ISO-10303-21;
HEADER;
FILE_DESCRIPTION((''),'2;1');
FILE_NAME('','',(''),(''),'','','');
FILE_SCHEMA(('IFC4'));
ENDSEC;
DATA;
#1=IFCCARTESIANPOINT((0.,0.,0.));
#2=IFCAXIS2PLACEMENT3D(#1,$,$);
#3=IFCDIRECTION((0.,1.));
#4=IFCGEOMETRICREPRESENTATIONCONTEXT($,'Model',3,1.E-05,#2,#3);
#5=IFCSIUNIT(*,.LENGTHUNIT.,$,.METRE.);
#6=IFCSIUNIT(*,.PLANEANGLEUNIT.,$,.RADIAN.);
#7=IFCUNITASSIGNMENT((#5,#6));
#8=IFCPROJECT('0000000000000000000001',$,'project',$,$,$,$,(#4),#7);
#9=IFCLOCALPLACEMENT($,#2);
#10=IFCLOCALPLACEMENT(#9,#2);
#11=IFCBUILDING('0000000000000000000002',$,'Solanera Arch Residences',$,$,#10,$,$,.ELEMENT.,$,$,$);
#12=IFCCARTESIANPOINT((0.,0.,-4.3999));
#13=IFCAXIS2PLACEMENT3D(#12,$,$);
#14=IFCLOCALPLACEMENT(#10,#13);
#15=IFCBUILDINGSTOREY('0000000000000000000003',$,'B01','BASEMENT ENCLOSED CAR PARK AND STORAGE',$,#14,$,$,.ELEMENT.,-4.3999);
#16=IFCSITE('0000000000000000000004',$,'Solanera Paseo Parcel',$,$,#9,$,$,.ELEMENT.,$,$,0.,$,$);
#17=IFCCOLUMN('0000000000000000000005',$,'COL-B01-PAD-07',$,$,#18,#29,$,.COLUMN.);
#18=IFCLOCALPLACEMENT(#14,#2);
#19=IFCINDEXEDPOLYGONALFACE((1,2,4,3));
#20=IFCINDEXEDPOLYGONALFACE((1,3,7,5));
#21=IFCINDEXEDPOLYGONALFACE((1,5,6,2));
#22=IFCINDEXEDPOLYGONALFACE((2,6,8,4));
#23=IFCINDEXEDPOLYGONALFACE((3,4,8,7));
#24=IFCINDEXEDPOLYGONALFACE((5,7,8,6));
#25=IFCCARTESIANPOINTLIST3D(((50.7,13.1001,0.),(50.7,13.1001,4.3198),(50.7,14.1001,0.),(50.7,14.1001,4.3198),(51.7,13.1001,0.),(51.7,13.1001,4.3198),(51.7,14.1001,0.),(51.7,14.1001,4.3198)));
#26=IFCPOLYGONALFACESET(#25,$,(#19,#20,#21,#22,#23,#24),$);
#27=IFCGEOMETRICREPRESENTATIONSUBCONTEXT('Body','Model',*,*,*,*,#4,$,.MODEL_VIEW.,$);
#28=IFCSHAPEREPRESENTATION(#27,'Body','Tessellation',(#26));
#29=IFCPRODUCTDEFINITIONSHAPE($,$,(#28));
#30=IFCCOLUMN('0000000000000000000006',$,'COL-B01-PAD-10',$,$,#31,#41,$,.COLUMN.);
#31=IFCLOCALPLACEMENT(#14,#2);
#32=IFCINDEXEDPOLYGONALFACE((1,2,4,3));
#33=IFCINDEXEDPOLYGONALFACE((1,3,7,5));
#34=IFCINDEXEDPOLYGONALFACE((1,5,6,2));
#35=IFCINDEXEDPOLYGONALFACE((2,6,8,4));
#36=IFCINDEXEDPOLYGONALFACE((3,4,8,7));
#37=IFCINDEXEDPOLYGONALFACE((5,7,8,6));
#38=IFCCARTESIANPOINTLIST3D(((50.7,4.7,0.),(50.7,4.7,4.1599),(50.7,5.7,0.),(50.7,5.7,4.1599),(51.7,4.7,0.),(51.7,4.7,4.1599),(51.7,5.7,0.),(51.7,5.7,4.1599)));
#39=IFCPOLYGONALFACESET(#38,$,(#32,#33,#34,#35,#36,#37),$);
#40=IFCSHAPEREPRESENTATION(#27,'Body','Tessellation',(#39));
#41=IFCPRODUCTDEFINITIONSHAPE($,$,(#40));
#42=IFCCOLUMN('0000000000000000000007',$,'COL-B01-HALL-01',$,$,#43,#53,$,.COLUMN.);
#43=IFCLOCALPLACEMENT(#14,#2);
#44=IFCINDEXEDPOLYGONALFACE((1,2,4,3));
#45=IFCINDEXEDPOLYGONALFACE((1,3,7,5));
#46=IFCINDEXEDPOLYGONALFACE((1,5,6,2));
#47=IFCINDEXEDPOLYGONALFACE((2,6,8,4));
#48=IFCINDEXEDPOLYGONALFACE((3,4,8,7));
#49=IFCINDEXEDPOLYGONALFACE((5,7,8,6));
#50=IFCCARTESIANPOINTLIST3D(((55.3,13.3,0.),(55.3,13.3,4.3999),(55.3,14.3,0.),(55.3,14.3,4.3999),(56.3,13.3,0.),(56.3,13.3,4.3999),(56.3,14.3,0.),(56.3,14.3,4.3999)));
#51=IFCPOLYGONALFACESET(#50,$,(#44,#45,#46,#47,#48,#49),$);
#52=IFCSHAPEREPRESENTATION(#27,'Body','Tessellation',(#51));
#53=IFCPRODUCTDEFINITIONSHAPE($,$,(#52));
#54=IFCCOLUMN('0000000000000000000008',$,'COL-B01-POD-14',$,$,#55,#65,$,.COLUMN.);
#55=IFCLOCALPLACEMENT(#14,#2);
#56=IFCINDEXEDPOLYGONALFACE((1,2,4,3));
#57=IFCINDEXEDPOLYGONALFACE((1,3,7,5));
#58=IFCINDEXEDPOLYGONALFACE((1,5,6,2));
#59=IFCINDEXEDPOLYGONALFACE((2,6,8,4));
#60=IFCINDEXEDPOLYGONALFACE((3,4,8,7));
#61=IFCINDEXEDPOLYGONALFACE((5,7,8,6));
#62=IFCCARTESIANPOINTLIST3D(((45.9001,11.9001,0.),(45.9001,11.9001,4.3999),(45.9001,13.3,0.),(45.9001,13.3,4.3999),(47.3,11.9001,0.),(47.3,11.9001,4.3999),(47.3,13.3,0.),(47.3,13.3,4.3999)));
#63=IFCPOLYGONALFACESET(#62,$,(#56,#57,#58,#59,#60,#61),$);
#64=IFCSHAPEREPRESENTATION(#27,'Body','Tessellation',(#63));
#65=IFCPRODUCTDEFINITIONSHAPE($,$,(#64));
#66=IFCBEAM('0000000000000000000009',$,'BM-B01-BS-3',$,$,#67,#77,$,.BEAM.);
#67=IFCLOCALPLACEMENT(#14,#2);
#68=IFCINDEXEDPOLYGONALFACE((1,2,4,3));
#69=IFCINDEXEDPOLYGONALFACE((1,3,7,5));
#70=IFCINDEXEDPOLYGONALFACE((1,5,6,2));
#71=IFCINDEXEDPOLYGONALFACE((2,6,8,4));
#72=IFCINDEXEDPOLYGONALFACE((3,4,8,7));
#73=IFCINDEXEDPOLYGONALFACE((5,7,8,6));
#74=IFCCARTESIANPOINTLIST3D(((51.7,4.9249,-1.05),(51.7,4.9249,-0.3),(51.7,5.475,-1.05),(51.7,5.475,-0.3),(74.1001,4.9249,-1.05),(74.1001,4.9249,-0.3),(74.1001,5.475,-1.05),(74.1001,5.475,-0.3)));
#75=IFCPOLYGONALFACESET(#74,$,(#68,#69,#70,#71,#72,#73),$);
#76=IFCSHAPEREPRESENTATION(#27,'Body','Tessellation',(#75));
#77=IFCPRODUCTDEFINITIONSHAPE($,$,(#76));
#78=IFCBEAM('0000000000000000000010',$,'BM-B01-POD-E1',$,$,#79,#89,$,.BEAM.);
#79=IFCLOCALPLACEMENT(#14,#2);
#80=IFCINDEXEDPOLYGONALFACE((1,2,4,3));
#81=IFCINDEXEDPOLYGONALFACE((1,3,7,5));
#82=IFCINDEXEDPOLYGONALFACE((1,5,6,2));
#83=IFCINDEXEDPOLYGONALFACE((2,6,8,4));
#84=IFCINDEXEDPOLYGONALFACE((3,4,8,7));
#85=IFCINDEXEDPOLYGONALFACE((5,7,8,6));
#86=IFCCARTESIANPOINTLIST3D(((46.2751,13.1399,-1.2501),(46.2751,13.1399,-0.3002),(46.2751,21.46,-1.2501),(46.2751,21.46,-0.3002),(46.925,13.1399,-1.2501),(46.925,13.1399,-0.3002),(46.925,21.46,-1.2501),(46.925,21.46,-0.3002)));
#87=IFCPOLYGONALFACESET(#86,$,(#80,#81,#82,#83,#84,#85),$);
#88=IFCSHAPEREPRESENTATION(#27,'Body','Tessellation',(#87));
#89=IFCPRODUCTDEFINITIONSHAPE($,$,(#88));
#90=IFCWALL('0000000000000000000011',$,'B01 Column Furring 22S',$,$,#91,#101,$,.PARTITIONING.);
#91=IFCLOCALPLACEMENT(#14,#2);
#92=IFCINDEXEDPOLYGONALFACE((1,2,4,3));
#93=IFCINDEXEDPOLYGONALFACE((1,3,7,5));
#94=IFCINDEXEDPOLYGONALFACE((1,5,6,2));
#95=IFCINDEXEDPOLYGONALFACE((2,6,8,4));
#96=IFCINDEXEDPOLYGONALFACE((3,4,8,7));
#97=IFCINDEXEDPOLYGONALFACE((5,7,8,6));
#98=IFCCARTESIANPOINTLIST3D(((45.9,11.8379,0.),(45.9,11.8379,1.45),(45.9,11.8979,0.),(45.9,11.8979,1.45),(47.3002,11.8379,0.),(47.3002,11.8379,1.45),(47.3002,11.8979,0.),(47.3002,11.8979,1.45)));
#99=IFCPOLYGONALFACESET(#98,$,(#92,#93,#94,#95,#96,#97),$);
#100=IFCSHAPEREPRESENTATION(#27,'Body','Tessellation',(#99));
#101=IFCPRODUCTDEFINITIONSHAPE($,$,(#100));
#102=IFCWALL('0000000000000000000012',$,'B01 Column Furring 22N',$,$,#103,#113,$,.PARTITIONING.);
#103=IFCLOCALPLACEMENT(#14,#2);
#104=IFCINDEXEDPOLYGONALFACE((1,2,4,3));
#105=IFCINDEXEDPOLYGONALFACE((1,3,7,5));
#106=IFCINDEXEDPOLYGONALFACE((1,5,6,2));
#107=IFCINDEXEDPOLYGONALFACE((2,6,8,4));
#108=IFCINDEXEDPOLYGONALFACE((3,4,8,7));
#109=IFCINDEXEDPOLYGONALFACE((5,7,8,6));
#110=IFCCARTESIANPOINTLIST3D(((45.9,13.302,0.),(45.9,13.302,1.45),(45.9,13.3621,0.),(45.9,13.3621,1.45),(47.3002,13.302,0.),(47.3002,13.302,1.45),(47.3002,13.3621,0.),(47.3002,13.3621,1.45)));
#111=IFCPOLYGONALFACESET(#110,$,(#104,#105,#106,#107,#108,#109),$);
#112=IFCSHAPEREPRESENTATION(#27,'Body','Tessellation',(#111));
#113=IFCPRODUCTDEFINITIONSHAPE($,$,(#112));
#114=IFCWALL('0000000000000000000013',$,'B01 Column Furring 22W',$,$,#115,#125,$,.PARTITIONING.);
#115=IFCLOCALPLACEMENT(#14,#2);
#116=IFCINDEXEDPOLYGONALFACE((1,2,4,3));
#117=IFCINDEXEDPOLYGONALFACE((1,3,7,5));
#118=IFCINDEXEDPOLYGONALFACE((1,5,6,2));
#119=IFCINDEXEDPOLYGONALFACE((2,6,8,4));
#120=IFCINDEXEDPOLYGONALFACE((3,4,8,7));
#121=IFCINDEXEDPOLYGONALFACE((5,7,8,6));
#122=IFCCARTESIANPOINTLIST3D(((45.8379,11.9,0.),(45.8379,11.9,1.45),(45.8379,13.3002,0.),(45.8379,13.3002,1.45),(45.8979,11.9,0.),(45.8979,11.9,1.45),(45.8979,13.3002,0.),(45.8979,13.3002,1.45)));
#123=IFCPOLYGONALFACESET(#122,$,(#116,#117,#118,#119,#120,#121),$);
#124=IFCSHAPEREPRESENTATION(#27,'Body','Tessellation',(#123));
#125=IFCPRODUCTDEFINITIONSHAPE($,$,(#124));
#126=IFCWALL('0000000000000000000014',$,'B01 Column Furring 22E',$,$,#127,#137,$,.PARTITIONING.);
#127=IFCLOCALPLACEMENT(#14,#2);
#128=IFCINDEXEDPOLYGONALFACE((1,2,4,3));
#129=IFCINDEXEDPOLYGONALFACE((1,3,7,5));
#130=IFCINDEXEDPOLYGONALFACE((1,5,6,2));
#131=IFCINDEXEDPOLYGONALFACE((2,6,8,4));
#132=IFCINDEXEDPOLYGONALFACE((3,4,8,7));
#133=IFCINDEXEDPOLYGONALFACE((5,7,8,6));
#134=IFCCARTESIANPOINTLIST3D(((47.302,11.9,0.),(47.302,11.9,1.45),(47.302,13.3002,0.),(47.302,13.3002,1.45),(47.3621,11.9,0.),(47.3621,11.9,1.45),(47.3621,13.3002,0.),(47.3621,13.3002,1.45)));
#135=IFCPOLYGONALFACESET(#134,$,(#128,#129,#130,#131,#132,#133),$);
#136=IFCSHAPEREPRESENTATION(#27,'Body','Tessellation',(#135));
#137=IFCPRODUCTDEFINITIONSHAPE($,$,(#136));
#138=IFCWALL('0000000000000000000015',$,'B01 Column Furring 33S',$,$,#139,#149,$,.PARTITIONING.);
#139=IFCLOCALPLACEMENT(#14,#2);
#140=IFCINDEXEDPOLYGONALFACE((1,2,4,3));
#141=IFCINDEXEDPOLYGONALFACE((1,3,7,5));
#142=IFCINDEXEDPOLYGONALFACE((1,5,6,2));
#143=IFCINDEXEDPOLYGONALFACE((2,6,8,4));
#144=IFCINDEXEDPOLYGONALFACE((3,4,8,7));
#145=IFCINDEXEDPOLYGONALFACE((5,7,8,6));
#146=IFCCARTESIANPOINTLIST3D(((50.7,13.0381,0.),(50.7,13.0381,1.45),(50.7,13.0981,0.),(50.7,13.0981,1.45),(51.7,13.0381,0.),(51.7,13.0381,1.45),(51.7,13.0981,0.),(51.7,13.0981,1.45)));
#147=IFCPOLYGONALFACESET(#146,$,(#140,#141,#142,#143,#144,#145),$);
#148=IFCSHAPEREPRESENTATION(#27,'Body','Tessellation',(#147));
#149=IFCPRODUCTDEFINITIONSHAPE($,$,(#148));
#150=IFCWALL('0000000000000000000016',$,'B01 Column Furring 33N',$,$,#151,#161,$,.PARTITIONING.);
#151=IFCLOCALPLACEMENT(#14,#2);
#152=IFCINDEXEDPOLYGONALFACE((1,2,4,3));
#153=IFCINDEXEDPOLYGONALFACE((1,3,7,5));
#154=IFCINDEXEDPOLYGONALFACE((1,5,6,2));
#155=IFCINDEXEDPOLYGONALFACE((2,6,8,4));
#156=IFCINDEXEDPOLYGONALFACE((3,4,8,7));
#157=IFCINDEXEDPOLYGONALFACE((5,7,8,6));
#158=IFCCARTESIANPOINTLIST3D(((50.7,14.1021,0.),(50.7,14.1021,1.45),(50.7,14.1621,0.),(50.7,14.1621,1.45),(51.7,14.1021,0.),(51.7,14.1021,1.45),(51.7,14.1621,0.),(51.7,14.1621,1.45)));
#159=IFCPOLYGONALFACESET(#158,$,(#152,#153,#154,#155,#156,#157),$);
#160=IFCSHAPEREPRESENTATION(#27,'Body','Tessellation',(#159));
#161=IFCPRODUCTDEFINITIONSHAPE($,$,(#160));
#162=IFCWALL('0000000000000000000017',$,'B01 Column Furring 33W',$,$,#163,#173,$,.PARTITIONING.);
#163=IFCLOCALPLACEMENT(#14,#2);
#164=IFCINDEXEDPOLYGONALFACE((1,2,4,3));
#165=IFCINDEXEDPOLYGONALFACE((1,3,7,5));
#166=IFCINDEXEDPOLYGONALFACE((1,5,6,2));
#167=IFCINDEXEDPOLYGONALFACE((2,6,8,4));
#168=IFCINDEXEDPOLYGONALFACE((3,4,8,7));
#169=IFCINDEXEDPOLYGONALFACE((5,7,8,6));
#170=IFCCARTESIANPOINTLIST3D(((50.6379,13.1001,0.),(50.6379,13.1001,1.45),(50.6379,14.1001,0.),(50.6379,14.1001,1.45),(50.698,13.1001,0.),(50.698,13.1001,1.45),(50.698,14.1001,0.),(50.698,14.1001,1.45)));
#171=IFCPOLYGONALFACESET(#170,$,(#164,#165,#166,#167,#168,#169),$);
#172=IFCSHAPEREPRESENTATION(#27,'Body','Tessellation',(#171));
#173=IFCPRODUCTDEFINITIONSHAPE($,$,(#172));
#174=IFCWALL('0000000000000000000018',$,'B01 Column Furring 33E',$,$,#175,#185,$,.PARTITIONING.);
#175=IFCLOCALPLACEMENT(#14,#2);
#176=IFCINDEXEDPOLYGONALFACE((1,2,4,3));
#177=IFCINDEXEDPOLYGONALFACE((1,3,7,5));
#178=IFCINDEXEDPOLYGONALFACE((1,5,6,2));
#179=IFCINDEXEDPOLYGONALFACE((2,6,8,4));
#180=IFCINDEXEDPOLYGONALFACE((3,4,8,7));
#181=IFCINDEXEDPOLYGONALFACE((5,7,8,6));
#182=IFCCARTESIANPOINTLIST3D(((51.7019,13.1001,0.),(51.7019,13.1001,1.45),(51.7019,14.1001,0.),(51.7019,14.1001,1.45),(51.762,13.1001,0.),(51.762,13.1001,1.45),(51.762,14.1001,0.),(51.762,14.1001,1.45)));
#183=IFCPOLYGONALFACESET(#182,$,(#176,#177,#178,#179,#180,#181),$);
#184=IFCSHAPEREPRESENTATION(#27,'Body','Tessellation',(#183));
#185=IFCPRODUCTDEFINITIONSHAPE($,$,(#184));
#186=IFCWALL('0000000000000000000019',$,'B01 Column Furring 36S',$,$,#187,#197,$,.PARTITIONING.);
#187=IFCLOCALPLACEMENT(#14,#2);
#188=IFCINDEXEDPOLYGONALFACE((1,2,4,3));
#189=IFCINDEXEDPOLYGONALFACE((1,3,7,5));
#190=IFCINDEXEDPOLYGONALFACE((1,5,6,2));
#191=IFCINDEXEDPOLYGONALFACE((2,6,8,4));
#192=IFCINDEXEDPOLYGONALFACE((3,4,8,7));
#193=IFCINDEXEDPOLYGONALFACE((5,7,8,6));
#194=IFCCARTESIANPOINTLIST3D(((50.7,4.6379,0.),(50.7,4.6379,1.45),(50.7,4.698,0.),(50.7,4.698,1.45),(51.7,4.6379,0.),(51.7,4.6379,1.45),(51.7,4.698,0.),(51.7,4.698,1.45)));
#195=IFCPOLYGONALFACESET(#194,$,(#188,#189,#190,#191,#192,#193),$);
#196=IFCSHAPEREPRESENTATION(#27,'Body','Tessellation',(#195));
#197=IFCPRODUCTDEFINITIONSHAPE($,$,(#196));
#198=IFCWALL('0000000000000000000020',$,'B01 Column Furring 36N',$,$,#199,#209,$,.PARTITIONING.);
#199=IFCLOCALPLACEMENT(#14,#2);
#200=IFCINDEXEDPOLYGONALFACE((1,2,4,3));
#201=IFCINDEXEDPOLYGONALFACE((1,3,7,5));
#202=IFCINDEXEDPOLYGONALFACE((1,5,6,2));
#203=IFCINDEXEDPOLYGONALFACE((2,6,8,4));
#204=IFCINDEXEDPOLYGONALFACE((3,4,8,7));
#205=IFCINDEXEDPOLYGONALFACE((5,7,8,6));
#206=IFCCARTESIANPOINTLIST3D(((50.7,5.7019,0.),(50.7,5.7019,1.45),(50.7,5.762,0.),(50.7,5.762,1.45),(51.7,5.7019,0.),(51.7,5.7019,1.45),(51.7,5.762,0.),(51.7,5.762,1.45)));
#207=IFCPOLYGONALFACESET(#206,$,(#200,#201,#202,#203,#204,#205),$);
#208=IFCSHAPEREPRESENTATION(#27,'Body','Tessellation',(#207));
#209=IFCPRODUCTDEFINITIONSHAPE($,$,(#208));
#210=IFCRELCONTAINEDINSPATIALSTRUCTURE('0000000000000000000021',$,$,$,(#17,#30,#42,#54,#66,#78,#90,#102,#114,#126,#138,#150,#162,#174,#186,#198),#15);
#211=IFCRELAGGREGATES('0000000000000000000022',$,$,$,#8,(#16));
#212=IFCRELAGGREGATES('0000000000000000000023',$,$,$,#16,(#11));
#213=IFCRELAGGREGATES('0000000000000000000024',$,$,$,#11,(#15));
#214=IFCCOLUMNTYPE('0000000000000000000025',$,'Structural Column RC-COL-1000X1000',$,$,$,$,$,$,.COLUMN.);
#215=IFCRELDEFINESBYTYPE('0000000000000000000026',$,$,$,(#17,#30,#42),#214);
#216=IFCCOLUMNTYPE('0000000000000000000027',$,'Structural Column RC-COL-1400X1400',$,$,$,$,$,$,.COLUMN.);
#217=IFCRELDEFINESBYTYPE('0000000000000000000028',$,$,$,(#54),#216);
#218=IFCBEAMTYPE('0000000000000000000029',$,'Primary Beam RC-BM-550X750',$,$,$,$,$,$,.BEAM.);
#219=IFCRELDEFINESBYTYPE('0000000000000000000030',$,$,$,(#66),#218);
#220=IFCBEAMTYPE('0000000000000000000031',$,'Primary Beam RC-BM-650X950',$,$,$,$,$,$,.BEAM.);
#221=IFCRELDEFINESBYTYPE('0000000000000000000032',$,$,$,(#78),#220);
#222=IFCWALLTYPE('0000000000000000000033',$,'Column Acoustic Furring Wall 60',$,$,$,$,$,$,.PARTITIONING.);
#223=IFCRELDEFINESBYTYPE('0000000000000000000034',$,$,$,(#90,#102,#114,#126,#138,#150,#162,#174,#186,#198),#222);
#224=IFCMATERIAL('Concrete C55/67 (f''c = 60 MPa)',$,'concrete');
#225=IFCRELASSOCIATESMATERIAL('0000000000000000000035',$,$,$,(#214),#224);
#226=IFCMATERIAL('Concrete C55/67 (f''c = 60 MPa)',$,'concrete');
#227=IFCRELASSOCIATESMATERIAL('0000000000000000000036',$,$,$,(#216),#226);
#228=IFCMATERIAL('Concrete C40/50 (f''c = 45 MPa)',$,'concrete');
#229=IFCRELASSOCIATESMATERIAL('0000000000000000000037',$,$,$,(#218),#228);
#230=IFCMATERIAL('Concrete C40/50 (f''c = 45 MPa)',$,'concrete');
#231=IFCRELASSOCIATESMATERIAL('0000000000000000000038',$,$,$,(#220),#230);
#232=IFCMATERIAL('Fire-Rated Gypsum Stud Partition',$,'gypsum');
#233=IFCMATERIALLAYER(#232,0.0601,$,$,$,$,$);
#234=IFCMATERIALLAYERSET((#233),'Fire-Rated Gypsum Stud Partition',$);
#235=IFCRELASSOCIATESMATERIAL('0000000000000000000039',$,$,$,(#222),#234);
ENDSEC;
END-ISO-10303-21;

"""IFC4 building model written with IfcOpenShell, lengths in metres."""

from ifc_helpers import new_model, si_unit, direction, frame, frame_2d, origin, origin_2d, place, context, subcontext, project, spatial, rectangle, extrude, material, layer, layer_set, material_profile, profile_set, type_object, element, save


model = new_model("IFC4")

# Units and contexts
model_context = context("Model", 3, precision=1e-05, world=origin(), true_north=direction((0.0, 1.0)))
body_context = subcontext(model_context, "Body", "Model", "MODEL_VIEW")
ifc_project = project(units=[si_unit("LENGTHUNIT", "METRE"), si_unit("PLANEANGLEUNIT", "RADIAN")], contexts=[model_context])

# Site, building, storey
site_placement = place(None, origin())
site = spatial("IfcSite", under=ifc_project, at=site_placement, Name="Solanera Paseo Parcel", CompositionType="ELEMENT", RefElevation=0.0)
building_placement = place(site_placement, origin())
building = spatial("IfcBuilding", under=site, at=building_placement, Name="Solanera Arch Residences", CompositionType="ELEMENT")
storey_placement = place(building_placement, frame((0.0, 0.0, -4.3999)))
storey = spatial("IfcBuildingStorey", under=building, at=storey_placement, Name="B01", Description="BASEMENT ENCLOSED CAR PARK AND STORAGE", CompositionType="ELEMENT", Elevation=-4.3999)

# Columns
ifc_material_1 = material(Name="Concrete C55/67 (f'c = 60 MPa)", Category="concrete")
ifc_material_profile_1 = material_profile(ifc_material_1, rectangle(XDim=1.0, YDim=1.0, at=origin_2d()))
ifc_profile_set_1 = profile_set([ifc_material_profile_1], Name="Concrete C55/67 (f'c = 60 MPa)")
column_type_1 = type_object("IfcColumnType", Name="Structural Column RC-COL-1000X1000", PredefinedType="COLUMN", material=ifc_profile_set_1)
column_1_placement = place(storey_placement, frame((51.2, 13.6001, 0.0), z_axis=(0.0, 0.0, 1.0), x_axis=(1.0, 0.0, 0.0)))
element("IfcColumn", 1, at=column_1_placement, inside=storey, type_object=column_type_1, Name="COL-B01-PAD-07", PredefinedType="COLUMN", context=body_context, shape_type="SweptSolid", body=[
    extrude(rectangle(XDim=1.0, YDim=1.0, at=origin_2d()), origin(), (0.0, 0.0, 1.0), 4.3198),
])
column_2_placement = place(storey_placement, frame((51.2, 5.2, 0.0), z_axis=(0.0, 0.0, 1.0), x_axis=(1.0, 0.0, 0.0)))
element("IfcColumn", 2, at=column_2_placement, inside=storey, type_object=column_type_1, Name="COL-B01-PAD-10", PredefinedType="COLUMN", context=body_context, shape_type="SweptSolid", body=[
    extrude(rectangle(XDim=1.0, YDim=1.0, at=origin_2d()), origin(), (0.0, 0.0, 1.0), 4.1599),
])
column_3_placement = place(storey_placement, frame((55.8, 13.8, 0.0), z_axis=(0.0, 0.0, 1.0), x_axis=(1.0, 0.0, 0.0)))
element("IfcColumn", 3, at=column_3_placement, inside=storey, type_object=column_type_1, Name="COL-B01-HALL-01", PredefinedType="COLUMN", context=body_context, shape_type="SweptSolid", body=[
    extrude(rectangle(XDim=1.0, YDim=1.0, at=origin_2d()), origin(), (0.0, 0.0, 1.0), 4.3999),
])
ifc_material_2 = material(Name="Concrete C55/67 (f'c = 60 MPa)", Category="concrete")
ifc_material_profile_2 = material_profile(ifc_material_2, rectangle(XDim=1.3999, YDim=1.3999, at=origin_2d()))
ifc_profile_set_2 = profile_set([ifc_material_profile_2], Name="Concrete C55/67 (f'c = 60 MPa)")
column_type_2 = type_object("IfcColumnType", Name="Structural Column RC-COL-1400X1400", PredefinedType="COLUMN", material=ifc_profile_set_2)
column_4_placement = place(storey_placement, frame((46.6001, 12.6001, 0.0), z_axis=(0.0, 0.0, 1.0), x_axis=(1.0, 0.0, 0.0)))
element("IfcColumn", 4, at=column_4_placement, inside=storey, type_object=column_type_2, Name="COL-B01-POD-14", PredefinedType="COLUMN", context=body_context, shape_type="SweptSolid", body=[
    extrude(rectangle(XDim=1.3999, YDim=1.3999, at=origin_2d()), origin(), (0.0, 0.0, 1.0), 4.3999),
])

# Beams
ifc_material_3 = material(Name="Concrete C40/50 (f'c = 45 MPa)", Category="concrete")
ifc_material_profile_3 = material_profile(ifc_material_3, rectangle(XDim=0.55, YDim=0.75, at=origin_2d()))
ifc_profile_set_3 = profile_set([ifc_material_profile_3], Name="Concrete C40/50 (f'c = 45 MPa)")
beam_type_1 = type_object("IfcBeamType", Name="Primary Beam RC-BM-550X750", PredefinedType="BEAM", material=ifc_profile_set_3)
beam_1_placement = place(storey_placement, frame((51.7, 5.2, -0.675), z_axis=(1.0, 0.0, 0.0), x_axis=(0.0, 1.0, 0.0)))
element("IfcBeam", 5, at=beam_1_placement, inside=storey, type_object=beam_type_1, Name="BM-B01-BS-3", PredefinedType="BEAM", context=body_context, shape_type="SweptSolid", body=[
    extrude(rectangle(XDim=0.55, YDim=0.75, at=origin_2d()), origin(), (0.0, 0.0, 1.0), 22.4001),
])
ifc_material_4 = material(Name="Concrete C40/50 (f'c = 45 MPa)", Category="concrete")
ifc_material_profile_4 = material_profile(ifc_material_4, rectangle(XDim=0.6499, YDim=0.95, at=origin_2d()))
ifc_profile_set_4 = profile_set([ifc_material_profile_4], Name="Concrete C40/50 (f'c = 45 MPa)")
beam_type_2 = type_object("IfcBeamType", Name="Primary Beam RC-BM-650X950", PredefinedType="BEAM", material=ifc_profile_set_4)
beam_2_placement = place(storey_placement, frame((46.6001, 13.1399, -0.7751), z_axis=(0.0, 1.0, 0.0), x_axis=(-1.0, 0.0, 0.0)))
element("IfcBeam", 6, at=beam_2_placement, inside=storey, type_object=beam_type_2, Name="BM-B01-POD-E1", PredefinedType="BEAM", context=body_context, shape_type="SweptSolid", body=[
    extrude(rectangle(XDim=0.6499, YDim=0.95, at=origin_2d()), origin(), (0.0, 0.0, 1.0), 8.3201),
])

# Walls
ifc_material_5 = material(Name="Fire-Rated Gypsum Stud Partition", Category="gypsum")
ifc_layer_1 = layer(ifc_material_5, 0.0601)
ifc_layer_set_1 = layer_set([ifc_layer_1], Name="Fire-Rated Gypsum Stud Partition")
wall_type_1 = type_object("IfcWallType", Name="Column Acoustic Furring Wall 60", PredefinedType="PARTITIONING", material=ifc_layer_set_1)
for number, where, z_axis, x_axis, name in (
    (7, (45.8999, 11.8679, 0.0), (0.0, 0.0, 1.0), (1.0, 0.0, 0.0), "B01 Column Furring 22S"),
    (8, (45.8999, 13.332, 0.0), (0.0, 0.0, 1.0), (1.0, 0.0, 0.0), "B01 Column Furring 22N"),
    (9, (45.8679, 11.8999, 0.0), (0.0, 0.0, 1.0), (0.0, 1.0, 0.0), "B01 Column Furring 22W"),
    (10, (47.332, 11.8999, 0.0), (0.0, 0.0, 1.0), (0.0, 1.0, 0.0), "B01 Column Furring 22E"),
):
    element("IfcWall", number, at=place(storey_placement, frame(where, z_axis=z_axis, x_axis=x_axis)), inside=storey, type_object=wall_type_1, Name=name, PredefinedType="PARTITIONING", context=body_context, shape_type="SweptSolid", body=[
        extrude(rectangle(XDim=1.4001, YDim=0.0601, at=frame_2d((0.7002, 0.0))), origin(), (0.0, 0.0, 1.0), 1.45),
    ])
for number, where, z_axis, x_axis, name in (
    (11, (50.7, 13.0681, 0.0), (0.0, 0.0, 1.0), (1.0, 0.0, 0.0), "B01 Column Furring 33S"),
    (12, (50.7, 14.1321, 0.0), (0.0, 0.0, 1.0), (1.0, 0.0, 0.0), "B01 Column Furring 33N"),
    (13, (50.668, 13.1001, 0.0), (0.0, 0.0, 1.0), (0.0, 1.0, 0.0), "B01 Column Furring 33W"),
    (14, (51.7319, 13.1001, 0.0), (0.0, 0.0, 1.0), (0.0, 1.0, 0.0), "B01 Column Furring 33E"),
    (15, (50.7, 4.668, 0.0), (0.0, 0.0, 1.0), (1.0, 0.0, 0.0), "B01 Column Furring 36S"),
    (16, (50.7, 5.7319, 0.0), (0.0, 0.0, 1.0), (1.0, 0.0, 0.0), "B01 Column Furring 36N"),
):
    element("IfcWall", number, at=place(storey_placement, frame(where, z_axis=z_axis, x_axis=x_axis)), inside=storey, type_object=wall_type_1, Name=name, PredefinedType="PARTITIONING", context=body_context, shape_type="SweptSolid", body=[
        extrude(rectangle(XDim=1.0, YDim=0.0601, at=frame_2d((0.5, 0.0))), origin(), (0.0, 0.0, 1.0), 1.45),
    ])

save(model, "model.ifc")
